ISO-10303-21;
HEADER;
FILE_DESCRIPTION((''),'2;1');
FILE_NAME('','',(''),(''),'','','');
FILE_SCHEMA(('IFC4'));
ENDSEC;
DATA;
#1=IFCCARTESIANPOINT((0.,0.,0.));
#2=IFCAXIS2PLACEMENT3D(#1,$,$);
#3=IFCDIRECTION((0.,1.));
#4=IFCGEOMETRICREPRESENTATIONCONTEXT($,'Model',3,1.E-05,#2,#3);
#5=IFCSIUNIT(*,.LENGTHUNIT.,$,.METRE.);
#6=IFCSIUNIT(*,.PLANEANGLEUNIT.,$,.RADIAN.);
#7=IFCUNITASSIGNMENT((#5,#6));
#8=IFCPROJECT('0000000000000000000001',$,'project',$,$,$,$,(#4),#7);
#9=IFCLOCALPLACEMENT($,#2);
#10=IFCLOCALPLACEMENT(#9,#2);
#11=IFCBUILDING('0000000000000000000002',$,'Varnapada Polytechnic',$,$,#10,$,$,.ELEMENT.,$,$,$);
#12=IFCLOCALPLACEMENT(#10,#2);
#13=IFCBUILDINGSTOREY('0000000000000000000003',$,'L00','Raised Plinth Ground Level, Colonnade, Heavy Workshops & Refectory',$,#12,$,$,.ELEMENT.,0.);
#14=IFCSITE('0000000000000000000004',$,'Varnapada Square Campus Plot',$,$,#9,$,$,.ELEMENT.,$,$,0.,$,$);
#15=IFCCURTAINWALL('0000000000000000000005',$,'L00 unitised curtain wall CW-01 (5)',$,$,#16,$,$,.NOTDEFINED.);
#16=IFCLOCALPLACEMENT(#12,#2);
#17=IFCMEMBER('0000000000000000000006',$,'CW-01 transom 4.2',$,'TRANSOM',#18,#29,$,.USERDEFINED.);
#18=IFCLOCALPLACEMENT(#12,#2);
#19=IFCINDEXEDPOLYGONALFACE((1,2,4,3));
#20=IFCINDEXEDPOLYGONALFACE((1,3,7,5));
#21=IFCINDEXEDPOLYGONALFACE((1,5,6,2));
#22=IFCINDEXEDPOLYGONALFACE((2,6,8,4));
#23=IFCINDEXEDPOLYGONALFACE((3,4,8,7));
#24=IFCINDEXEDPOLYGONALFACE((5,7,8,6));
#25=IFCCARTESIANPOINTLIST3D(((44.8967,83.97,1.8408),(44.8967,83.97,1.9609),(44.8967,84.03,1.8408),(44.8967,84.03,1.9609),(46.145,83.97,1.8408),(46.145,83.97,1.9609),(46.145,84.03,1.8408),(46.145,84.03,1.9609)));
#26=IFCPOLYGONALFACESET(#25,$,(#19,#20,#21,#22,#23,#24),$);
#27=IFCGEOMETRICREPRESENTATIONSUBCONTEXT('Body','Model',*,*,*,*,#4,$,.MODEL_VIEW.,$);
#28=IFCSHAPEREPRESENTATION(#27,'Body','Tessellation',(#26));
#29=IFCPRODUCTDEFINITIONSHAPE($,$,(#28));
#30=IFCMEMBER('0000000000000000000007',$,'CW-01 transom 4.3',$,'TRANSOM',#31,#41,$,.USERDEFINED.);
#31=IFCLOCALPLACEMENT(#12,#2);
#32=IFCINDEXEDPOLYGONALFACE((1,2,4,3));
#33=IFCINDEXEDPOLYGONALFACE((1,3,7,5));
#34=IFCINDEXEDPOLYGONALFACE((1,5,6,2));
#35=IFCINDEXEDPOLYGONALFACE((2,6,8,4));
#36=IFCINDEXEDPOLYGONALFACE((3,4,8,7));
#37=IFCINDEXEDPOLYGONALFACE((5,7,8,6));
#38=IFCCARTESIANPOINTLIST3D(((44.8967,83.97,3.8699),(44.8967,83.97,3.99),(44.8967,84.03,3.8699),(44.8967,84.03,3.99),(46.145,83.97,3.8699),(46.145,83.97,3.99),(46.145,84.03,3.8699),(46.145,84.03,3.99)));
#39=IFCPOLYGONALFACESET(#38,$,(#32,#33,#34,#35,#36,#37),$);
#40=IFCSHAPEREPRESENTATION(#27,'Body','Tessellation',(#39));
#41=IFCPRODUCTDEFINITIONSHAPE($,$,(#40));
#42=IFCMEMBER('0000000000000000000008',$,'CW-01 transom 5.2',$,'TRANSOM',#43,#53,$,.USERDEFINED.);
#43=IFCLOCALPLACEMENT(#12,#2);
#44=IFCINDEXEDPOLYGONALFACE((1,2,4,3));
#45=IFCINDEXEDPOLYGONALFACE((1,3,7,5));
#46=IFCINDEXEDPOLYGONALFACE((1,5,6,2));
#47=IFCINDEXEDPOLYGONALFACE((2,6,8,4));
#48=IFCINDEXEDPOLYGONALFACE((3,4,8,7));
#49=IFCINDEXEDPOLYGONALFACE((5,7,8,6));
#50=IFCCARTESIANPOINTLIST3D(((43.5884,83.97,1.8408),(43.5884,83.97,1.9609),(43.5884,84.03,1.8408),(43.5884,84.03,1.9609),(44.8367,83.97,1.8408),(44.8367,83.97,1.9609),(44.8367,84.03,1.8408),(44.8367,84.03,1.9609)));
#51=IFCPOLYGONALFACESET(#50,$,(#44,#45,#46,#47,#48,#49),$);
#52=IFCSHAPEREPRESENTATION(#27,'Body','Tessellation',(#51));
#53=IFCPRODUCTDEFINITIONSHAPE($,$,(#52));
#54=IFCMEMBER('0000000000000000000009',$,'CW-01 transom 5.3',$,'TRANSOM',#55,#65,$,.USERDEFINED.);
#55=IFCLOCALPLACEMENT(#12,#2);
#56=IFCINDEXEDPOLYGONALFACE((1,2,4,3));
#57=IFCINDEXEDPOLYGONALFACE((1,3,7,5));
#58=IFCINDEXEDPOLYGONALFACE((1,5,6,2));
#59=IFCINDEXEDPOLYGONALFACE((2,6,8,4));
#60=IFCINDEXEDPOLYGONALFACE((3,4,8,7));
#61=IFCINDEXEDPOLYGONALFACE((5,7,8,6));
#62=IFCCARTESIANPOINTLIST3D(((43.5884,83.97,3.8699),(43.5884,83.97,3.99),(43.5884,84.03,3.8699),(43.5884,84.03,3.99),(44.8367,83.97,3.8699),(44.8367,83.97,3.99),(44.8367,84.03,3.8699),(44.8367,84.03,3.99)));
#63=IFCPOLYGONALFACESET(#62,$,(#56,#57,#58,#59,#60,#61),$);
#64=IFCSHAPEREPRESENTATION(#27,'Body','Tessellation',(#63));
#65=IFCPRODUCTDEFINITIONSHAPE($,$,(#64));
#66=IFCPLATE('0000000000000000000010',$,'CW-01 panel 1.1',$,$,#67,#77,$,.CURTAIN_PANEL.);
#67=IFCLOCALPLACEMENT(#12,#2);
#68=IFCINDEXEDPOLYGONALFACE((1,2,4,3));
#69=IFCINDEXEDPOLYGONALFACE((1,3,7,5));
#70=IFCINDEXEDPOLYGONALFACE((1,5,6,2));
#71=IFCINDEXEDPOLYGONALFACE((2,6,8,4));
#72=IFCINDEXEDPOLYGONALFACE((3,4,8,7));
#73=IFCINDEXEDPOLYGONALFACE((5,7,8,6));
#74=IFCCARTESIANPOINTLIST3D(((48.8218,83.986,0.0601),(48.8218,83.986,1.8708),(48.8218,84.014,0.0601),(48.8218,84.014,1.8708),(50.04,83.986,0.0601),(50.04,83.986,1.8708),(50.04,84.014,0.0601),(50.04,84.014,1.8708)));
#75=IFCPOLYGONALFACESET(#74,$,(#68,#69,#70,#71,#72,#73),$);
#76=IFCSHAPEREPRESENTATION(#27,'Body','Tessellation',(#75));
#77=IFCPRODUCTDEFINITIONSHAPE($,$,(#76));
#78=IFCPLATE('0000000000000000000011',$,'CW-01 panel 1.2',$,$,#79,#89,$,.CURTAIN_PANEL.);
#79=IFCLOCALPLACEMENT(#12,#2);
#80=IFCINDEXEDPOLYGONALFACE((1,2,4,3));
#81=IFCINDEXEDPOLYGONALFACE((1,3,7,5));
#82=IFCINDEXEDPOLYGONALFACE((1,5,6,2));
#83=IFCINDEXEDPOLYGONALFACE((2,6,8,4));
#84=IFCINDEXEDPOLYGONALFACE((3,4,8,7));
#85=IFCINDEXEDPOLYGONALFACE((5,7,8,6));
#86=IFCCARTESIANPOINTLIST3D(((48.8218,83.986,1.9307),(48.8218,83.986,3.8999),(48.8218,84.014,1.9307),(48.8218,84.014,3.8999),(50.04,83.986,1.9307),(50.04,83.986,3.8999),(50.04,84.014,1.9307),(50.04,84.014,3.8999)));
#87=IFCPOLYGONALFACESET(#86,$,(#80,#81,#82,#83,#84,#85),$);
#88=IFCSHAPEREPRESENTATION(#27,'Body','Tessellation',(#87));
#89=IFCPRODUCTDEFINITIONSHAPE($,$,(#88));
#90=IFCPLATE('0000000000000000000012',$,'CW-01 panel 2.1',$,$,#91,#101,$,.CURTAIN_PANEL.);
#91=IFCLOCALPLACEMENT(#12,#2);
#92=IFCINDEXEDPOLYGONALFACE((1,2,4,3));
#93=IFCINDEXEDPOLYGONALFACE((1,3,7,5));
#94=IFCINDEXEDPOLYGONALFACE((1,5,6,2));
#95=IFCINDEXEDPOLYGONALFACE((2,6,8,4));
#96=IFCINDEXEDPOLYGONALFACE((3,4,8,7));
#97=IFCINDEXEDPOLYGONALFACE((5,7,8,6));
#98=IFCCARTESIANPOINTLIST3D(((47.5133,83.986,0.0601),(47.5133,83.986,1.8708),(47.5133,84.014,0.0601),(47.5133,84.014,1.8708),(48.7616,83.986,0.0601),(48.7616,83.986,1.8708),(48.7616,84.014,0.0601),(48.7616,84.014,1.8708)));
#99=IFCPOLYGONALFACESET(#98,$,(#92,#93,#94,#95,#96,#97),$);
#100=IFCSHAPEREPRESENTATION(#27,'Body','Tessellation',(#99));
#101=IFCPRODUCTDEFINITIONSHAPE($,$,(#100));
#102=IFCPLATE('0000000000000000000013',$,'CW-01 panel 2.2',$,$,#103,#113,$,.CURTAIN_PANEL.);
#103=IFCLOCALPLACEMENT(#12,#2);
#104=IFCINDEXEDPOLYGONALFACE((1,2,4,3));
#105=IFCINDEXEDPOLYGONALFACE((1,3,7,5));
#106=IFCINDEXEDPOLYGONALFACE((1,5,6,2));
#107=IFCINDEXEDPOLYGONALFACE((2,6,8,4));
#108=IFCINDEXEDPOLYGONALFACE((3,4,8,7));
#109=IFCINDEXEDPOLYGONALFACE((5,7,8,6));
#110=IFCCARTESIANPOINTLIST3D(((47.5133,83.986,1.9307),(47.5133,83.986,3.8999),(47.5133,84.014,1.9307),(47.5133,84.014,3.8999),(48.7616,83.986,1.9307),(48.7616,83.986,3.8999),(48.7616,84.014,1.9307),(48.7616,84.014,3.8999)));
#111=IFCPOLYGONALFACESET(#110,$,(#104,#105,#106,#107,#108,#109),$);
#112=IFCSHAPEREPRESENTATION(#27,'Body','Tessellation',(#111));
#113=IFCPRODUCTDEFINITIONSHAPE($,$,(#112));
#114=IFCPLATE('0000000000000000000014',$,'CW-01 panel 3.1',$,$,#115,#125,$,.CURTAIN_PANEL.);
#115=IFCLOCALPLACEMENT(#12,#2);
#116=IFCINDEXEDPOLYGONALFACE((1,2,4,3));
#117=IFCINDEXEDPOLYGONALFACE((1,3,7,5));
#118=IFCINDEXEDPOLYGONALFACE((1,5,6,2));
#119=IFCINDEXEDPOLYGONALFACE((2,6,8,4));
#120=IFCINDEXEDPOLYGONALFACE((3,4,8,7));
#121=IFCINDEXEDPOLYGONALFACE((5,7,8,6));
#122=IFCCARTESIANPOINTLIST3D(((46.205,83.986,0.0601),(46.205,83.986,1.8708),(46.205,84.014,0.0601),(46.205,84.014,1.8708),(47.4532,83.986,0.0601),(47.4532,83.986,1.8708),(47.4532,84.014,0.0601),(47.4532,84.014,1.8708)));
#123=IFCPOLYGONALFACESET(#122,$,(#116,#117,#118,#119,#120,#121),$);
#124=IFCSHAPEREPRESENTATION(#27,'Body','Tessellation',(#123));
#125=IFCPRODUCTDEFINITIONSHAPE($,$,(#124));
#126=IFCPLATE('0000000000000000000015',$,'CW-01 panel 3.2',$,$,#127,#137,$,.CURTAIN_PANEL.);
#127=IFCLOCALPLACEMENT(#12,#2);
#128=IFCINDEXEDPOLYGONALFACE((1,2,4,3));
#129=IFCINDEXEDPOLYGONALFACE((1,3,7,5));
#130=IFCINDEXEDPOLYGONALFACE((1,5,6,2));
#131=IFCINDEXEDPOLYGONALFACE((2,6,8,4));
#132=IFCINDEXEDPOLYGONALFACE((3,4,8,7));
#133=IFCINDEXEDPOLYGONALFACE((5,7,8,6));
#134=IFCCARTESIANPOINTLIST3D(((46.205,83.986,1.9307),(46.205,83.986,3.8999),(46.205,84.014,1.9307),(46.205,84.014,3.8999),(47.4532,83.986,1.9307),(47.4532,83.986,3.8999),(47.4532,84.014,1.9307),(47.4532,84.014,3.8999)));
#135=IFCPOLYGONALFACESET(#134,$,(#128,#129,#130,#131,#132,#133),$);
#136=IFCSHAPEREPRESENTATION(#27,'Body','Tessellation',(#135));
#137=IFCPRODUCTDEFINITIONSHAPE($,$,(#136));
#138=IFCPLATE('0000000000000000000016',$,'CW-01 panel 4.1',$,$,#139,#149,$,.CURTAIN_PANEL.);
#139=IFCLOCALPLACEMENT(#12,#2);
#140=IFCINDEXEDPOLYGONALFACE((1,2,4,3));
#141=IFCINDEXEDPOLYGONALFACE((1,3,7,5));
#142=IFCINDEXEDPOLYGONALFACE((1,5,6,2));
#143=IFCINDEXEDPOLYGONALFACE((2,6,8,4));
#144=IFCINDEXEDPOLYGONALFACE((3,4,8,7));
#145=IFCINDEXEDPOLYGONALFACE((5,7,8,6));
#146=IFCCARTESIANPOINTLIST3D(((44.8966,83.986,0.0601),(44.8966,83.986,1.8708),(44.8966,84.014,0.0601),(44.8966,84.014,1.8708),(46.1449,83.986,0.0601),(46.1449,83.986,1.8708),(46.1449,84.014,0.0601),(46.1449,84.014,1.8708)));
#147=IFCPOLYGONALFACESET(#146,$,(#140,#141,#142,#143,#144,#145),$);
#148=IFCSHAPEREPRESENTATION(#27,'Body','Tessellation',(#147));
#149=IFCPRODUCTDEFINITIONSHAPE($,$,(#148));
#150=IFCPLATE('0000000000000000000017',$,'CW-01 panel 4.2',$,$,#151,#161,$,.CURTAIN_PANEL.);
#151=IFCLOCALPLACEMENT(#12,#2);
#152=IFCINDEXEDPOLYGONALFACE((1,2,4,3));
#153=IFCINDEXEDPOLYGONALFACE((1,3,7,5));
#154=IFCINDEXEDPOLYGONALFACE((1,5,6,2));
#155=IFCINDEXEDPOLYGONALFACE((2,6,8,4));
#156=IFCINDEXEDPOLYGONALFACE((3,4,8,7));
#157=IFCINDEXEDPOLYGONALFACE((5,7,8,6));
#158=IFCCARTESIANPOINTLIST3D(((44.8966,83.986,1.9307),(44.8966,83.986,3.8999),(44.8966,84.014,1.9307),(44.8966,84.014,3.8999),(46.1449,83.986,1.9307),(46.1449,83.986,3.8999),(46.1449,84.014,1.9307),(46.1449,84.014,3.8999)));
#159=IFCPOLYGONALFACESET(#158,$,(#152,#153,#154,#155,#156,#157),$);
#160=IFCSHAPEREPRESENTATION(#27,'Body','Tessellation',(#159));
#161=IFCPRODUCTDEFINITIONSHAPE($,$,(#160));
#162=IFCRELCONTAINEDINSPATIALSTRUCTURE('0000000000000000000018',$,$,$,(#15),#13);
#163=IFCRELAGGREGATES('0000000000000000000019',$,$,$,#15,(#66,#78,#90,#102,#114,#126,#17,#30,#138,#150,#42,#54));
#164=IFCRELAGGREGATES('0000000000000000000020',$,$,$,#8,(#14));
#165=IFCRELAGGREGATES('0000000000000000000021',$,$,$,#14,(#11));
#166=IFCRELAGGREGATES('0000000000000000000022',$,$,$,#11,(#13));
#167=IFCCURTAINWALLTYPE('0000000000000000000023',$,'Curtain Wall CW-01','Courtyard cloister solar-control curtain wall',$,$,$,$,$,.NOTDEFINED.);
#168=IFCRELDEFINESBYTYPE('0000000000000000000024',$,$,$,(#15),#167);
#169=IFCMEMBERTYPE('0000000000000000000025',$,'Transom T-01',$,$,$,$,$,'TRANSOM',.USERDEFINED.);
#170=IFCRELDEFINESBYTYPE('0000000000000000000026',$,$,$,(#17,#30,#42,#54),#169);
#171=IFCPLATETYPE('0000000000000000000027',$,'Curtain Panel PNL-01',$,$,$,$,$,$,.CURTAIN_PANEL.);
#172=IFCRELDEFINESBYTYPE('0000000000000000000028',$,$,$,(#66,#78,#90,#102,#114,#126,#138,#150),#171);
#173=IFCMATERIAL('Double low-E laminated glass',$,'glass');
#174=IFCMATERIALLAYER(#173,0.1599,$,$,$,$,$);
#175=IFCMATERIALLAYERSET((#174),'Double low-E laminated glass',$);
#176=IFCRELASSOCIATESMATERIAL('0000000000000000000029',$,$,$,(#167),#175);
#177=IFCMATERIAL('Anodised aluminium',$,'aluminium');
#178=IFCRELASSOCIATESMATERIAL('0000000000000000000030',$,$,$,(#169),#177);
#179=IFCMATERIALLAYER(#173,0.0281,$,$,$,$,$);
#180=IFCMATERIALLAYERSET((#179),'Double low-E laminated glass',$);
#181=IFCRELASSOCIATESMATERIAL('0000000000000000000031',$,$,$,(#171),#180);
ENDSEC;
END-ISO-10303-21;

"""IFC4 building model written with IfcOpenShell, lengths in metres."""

from ifc_helpers import new_model, si_unit, direction, frame, origin, origin_2d, place, context, subcontext, project, spatial, rectangle, extrude, material, layer, layer_set, material_profile, profile_set, type_object, element, aggregate, save


model = new_model("IFC4")

# Units and contexts
model_context = context("Model", 3, precision=1e-05, world=origin(), true_north=direction((0.0, 1.0)))
body_context = subcontext(model_context, "Body", "Model", "MODEL_VIEW")
ifc_project = project(units=[si_unit("LENGTHUNIT", "METRE"), si_unit("PLANEANGLEUNIT", "RADIAN")], contexts=[model_context])

# Site, building, storey
site_placement = place(None, origin())
site = spatial("IfcSite", under=ifc_project, at=site_placement, Name="Varnapada Square Campus Plot", CompositionType="ELEMENT", RefElevation=0.0)
building_placement = place(site_placement, origin())
building = spatial("IfcBuilding", under=site, at=building_placement, Name="Varnapada Polytechnic", CompositionType="ELEMENT")
storey_placement = place(building_placement, origin())
storey = spatial("IfcBuildingStorey", under=building, at=storey_placement, Name="L00", Description="Raised Plinth Ground Level, Colonnade, Heavy Workshops & Refectory", CompositionType="ELEMENT", Elevation=0.0)

# Curtain wall, members, plates
ifc_material_1 = material(Name="Double low-E laminated glass", Category="glass")
ifc_layer_1 = layer(ifc_material_1, 0.1599)
ifc_layer_set_1 = layer_set([ifc_layer_1], Name="Double low-E laminated glass")
curtain_wall_type = type_object("IfcCurtainWallType", Name="Curtain Wall CW-01", Description="Courtyard cloister solar-control curtain wall", PredefinedType="NOTDEFINED", material=ifc_layer_set_1)
curtain_wall_placement = place(storey_placement, origin())
curtain_wall = element("IfcCurtainWall", 1, at=curtain_wall_placement, inside=storey, type_object=curtain_wall_type, Name="L00 unitised curtain wall CW-01 (5)", PredefinedType="NOTDEFINED")
ifc_material_2 = material(Name="Anodised aluminium", Category="aluminium")
ifc_material_profile_1 = material_profile(ifc_material_2, rectangle(XDim=0.0601, YDim=0.1201, at=origin_2d()), Name="ALU T60x120")
ifc_profile_set_1 = profile_set([ifc_material_profile_1], Name="Anodised aluminium")
member_type_1 = type_object("IfcMemberType", Name="Transom T-01", ElementType="TRANSOM", PredefinedType="USERDEFINED", material=ifc_profile_set_1)
member_1_placement = place(storey_placement, frame((46.145, 84.0, 1.9009), z_axis=(-1.0, 0.0, 0.0), x_axis=(0.0, -1.0, 0.0)))
member_1 = element("IfcMember", 2, at=member_1_placement, type_object=member_type_1, Name="CW-01 transom 4.2", ObjectType="TRANSOM", PredefinedType="USERDEFINED", context=body_context, shape_type="SweptSolid", body=[
    extrude(rectangle(XDim=0.0601, YDim=0.1201, at=origin_2d()), origin(), (0.0, 0.0, 1.0), 1.2483),
])
member_2_placement = place(storey_placement, frame((46.145, 84.0, 3.9299), z_axis=(-1.0, 0.0, 0.0), x_axis=(0.0, -1.0, 0.0)))
member_2 = element("IfcMember", 3, at=member_2_placement, type_object=member_type_1, Name="CW-01 transom 4.3", ObjectType="TRANSOM", PredefinedType="USERDEFINED", context=body_context, shape_type="SweptSolid", body=[
    extrude(rectangle(XDim=0.0601, YDim=0.1201, at=origin_2d()), origin(), (0.0, 0.0, 1.0), 1.2483),
])
member_3_placement = place(storey_placement, frame((44.8367, 84.0, 1.9009), z_axis=(-1.0, 0.0, 0.0), x_axis=(0.0, -1.0, 0.0)))
member_3 = element("IfcMember", 4, at=member_3_placement, type_object=member_type_1, Name="CW-01 transom 5.2", ObjectType="TRANSOM", PredefinedType="USERDEFINED", context=body_context, shape_type="SweptSolid", body=[
    extrude(rectangle(XDim=0.0601, YDim=0.1201, at=origin_2d()), origin(), (0.0, 0.0, 1.0), 1.2483),
])
member_4_placement = place(storey_placement, frame((44.8367, 84.0, 3.9299), z_axis=(-1.0, 0.0, 0.0), x_axis=(0.0, -1.0, 0.0)))
member_4 = element("IfcMember", 5, at=member_4_placement, type_object=member_type_1, Name="CW-01 transom 5.3", ObjectType="TRANSOM", PredefinedType="USERDEFINED", context=body_context, shape_type="SweptSolid", body=[
    extrude(rectangle(XDim=0.0601, YDim=0.1201, at=origin_2d()), origin(), (0.0, 0.0, 1.0), 1.2483),
])
ifc_layer_2 = layer(ifc_material_1, 0.0281)
ifc_layer_set_2 = layer_set([ifc_layer_2], Name="Double low-E laminated glass")
plate_type = type_object("IfcPlateType", Name="Curtain Panel PNL-01", PredefinedType="CURTAIN_PANEL", material=ifc_layer_set_2)
plate_1_placement = place(storey_placement, frame((49.4309, 84.0, 0.0601), z_axis=(0.0, 0.0, 1.0), x_axis=(-1.0, 0.0, 0.0)))
plate_1 = element("IfcPlate", 6, at=plate_1_placement, type_object=plate_type, Name="CW-01 panel 1.1", PredefinedType="CURTAIN_PANEL", context=body_context, shape_type="SweptSolid", body=[
    extrude(rectangle(XDim=1.2183, YDim=0.0281, at=origin_2d()), origin(), (0.0, 0.0, 1.0), 1.8108),
])
plate_2_placement = place(storey_placement, frame((49.4309, 84.0, 1.9307), z_axis=(0.0, 0.0, 1.0), x_axis=(-1.0, 0.0, 0.0)))
plate_2 = element("IfcPlate", 7, at=plate_2_placement, type_object=plate_type, Name="CW-01 panel 1.2", PredefinedType="CURTAIN_PANEL", context=body_context, shape_type="SweptSolid", body=[
    extrude(rectangle(XDim=1.2183, YDim=0.0281, at=origin_2d()), origin(), (0.0, 0.0, 1.0), 1.9692),
])
plate_3_placement = place(storey_placement, frame((48.1375, 84.0, 0.0601), z_axis=(0.0, 0.0, 1.0), x_axis=(-1.0, 0.0, 0.0)))
plate_3 = element("IfcPlate", 8, at=plate_3_placement, type_object=plate_type, Name="CW-01 panel 2.1", PredefinedType="CURTAIN_PANEL", context=body_context, shape_type="SweptSolid", body=[
    extrude(rectangle(XDim=1.2483, YDim=0.0281, at=origin_2d()), origin(), (0.0, 0.0, 1.0), 1.8108),
])
plate_4_placement = place(storey_placement, frame((48.1375, 84.0, 1.9307), z_axis=(0.0, 0.0, 1.0), x_axis=(-1.0, 0.0, 0.0)))
plate_4 = element("IfcPlate", 9, at=plate_4_placement, type_object=plate_type, Name="CW-01 panel 2.2", PredefinedType="CURTAIN_PANEL", context=body_context, shape_type="SweptSolid", body=[
    extrude(rectangle(XDim=1.2483, YDim=0.0281, at=origin_2d()), origin(), (0.0, 0.0, 1.0), 1.9692),
])
plate_5_placement = place(storey_placement, frame((46.8291, 84.0, 0.0601), z_axis=(0.0, 0.0, 1.0), x_axis=(-1.0, 0.0, 0.0)))
plate_5 = element("IfcPlate", 10, at=plate_5_placement, type_object=plate_type, Name="CW-01 panel 3.1", PredefinedType="CURTAIN_PANEL", context=body_context, shape_type="SweptSolid", body=[
    extrude(rectangle(XDim=1.2483, YDim=0.0281, at=origin_2d()), origin(), (0.0, 0.0, 1.0), 1.8108),
])
plate_6_placement = place(storey_placement, frame((46.8291, 84.0, 1.9307), z_axis=(0.0, 0.0, 1.0), x_axis=(-1.0, 0.0, 0.0)))
plate_6 = element("IfcPlate", 11, at=plate_6_placement, type_object=plate_type, Name="CW-01 panel 3.2", PredefinedType="CURTAIN_PANEL", context=body_context, shape_type="SweptSolid", body=[
    extrude(rectangle(XDim=1.2483, YDim=0.0281, at=origin_2d()), origin(), (0.0, 0.0, 1.0), 1.9692),
])
plate_7_placement = place(storey_placement, frame((45.5208, 84.0, 0.0601), z_axis=(0.0, 0.0, 1.0), x_axis=(-1.0, 0.0, 0.0)))
plate_7 = element("IfcPlate", 12, at=plate_7_placement, type_object=plate_type, Name="CW-01 panel 4.1", PredefinedType="CURTAIN_PANEL", context=body_context, shape_type="SweptSolid", body=[
    extrude(rectangle(XDim=1.2483, YDim=0.0281, at=origin_2d()), origin(), (0.0, 0.0, 1.0), 1.8108),
])
plate_8_placement = place(storey_placement, frame((45.5208, 84.0, 1.9307), z_axis=(0.0, 0.0, 1.0), x_axis=(-1.0, 0.0, 0.0)))
plate_8 = element("IfcPlate", 13, at=plate_8_placement, type_object=plate_type, Name="CW-01 panel 4.2", PredefinedType="CURTAIN_PANEL", context=body_context, shape_type="SweptSolid", body=[
    extrude(rectangle(XDim=1.2483, YDim=0.0281, at=origin_2d()), origin(), (0.0, 0.0, 1.0), 1.9692),
])
aggregate(curtain_wall, [plate_1, plate_2, plate_3, plate_4, plate_5, plate_6, member_1, member_2, plate_7, plate_8, member_3, member_4])

save(model, "model.ifc")
